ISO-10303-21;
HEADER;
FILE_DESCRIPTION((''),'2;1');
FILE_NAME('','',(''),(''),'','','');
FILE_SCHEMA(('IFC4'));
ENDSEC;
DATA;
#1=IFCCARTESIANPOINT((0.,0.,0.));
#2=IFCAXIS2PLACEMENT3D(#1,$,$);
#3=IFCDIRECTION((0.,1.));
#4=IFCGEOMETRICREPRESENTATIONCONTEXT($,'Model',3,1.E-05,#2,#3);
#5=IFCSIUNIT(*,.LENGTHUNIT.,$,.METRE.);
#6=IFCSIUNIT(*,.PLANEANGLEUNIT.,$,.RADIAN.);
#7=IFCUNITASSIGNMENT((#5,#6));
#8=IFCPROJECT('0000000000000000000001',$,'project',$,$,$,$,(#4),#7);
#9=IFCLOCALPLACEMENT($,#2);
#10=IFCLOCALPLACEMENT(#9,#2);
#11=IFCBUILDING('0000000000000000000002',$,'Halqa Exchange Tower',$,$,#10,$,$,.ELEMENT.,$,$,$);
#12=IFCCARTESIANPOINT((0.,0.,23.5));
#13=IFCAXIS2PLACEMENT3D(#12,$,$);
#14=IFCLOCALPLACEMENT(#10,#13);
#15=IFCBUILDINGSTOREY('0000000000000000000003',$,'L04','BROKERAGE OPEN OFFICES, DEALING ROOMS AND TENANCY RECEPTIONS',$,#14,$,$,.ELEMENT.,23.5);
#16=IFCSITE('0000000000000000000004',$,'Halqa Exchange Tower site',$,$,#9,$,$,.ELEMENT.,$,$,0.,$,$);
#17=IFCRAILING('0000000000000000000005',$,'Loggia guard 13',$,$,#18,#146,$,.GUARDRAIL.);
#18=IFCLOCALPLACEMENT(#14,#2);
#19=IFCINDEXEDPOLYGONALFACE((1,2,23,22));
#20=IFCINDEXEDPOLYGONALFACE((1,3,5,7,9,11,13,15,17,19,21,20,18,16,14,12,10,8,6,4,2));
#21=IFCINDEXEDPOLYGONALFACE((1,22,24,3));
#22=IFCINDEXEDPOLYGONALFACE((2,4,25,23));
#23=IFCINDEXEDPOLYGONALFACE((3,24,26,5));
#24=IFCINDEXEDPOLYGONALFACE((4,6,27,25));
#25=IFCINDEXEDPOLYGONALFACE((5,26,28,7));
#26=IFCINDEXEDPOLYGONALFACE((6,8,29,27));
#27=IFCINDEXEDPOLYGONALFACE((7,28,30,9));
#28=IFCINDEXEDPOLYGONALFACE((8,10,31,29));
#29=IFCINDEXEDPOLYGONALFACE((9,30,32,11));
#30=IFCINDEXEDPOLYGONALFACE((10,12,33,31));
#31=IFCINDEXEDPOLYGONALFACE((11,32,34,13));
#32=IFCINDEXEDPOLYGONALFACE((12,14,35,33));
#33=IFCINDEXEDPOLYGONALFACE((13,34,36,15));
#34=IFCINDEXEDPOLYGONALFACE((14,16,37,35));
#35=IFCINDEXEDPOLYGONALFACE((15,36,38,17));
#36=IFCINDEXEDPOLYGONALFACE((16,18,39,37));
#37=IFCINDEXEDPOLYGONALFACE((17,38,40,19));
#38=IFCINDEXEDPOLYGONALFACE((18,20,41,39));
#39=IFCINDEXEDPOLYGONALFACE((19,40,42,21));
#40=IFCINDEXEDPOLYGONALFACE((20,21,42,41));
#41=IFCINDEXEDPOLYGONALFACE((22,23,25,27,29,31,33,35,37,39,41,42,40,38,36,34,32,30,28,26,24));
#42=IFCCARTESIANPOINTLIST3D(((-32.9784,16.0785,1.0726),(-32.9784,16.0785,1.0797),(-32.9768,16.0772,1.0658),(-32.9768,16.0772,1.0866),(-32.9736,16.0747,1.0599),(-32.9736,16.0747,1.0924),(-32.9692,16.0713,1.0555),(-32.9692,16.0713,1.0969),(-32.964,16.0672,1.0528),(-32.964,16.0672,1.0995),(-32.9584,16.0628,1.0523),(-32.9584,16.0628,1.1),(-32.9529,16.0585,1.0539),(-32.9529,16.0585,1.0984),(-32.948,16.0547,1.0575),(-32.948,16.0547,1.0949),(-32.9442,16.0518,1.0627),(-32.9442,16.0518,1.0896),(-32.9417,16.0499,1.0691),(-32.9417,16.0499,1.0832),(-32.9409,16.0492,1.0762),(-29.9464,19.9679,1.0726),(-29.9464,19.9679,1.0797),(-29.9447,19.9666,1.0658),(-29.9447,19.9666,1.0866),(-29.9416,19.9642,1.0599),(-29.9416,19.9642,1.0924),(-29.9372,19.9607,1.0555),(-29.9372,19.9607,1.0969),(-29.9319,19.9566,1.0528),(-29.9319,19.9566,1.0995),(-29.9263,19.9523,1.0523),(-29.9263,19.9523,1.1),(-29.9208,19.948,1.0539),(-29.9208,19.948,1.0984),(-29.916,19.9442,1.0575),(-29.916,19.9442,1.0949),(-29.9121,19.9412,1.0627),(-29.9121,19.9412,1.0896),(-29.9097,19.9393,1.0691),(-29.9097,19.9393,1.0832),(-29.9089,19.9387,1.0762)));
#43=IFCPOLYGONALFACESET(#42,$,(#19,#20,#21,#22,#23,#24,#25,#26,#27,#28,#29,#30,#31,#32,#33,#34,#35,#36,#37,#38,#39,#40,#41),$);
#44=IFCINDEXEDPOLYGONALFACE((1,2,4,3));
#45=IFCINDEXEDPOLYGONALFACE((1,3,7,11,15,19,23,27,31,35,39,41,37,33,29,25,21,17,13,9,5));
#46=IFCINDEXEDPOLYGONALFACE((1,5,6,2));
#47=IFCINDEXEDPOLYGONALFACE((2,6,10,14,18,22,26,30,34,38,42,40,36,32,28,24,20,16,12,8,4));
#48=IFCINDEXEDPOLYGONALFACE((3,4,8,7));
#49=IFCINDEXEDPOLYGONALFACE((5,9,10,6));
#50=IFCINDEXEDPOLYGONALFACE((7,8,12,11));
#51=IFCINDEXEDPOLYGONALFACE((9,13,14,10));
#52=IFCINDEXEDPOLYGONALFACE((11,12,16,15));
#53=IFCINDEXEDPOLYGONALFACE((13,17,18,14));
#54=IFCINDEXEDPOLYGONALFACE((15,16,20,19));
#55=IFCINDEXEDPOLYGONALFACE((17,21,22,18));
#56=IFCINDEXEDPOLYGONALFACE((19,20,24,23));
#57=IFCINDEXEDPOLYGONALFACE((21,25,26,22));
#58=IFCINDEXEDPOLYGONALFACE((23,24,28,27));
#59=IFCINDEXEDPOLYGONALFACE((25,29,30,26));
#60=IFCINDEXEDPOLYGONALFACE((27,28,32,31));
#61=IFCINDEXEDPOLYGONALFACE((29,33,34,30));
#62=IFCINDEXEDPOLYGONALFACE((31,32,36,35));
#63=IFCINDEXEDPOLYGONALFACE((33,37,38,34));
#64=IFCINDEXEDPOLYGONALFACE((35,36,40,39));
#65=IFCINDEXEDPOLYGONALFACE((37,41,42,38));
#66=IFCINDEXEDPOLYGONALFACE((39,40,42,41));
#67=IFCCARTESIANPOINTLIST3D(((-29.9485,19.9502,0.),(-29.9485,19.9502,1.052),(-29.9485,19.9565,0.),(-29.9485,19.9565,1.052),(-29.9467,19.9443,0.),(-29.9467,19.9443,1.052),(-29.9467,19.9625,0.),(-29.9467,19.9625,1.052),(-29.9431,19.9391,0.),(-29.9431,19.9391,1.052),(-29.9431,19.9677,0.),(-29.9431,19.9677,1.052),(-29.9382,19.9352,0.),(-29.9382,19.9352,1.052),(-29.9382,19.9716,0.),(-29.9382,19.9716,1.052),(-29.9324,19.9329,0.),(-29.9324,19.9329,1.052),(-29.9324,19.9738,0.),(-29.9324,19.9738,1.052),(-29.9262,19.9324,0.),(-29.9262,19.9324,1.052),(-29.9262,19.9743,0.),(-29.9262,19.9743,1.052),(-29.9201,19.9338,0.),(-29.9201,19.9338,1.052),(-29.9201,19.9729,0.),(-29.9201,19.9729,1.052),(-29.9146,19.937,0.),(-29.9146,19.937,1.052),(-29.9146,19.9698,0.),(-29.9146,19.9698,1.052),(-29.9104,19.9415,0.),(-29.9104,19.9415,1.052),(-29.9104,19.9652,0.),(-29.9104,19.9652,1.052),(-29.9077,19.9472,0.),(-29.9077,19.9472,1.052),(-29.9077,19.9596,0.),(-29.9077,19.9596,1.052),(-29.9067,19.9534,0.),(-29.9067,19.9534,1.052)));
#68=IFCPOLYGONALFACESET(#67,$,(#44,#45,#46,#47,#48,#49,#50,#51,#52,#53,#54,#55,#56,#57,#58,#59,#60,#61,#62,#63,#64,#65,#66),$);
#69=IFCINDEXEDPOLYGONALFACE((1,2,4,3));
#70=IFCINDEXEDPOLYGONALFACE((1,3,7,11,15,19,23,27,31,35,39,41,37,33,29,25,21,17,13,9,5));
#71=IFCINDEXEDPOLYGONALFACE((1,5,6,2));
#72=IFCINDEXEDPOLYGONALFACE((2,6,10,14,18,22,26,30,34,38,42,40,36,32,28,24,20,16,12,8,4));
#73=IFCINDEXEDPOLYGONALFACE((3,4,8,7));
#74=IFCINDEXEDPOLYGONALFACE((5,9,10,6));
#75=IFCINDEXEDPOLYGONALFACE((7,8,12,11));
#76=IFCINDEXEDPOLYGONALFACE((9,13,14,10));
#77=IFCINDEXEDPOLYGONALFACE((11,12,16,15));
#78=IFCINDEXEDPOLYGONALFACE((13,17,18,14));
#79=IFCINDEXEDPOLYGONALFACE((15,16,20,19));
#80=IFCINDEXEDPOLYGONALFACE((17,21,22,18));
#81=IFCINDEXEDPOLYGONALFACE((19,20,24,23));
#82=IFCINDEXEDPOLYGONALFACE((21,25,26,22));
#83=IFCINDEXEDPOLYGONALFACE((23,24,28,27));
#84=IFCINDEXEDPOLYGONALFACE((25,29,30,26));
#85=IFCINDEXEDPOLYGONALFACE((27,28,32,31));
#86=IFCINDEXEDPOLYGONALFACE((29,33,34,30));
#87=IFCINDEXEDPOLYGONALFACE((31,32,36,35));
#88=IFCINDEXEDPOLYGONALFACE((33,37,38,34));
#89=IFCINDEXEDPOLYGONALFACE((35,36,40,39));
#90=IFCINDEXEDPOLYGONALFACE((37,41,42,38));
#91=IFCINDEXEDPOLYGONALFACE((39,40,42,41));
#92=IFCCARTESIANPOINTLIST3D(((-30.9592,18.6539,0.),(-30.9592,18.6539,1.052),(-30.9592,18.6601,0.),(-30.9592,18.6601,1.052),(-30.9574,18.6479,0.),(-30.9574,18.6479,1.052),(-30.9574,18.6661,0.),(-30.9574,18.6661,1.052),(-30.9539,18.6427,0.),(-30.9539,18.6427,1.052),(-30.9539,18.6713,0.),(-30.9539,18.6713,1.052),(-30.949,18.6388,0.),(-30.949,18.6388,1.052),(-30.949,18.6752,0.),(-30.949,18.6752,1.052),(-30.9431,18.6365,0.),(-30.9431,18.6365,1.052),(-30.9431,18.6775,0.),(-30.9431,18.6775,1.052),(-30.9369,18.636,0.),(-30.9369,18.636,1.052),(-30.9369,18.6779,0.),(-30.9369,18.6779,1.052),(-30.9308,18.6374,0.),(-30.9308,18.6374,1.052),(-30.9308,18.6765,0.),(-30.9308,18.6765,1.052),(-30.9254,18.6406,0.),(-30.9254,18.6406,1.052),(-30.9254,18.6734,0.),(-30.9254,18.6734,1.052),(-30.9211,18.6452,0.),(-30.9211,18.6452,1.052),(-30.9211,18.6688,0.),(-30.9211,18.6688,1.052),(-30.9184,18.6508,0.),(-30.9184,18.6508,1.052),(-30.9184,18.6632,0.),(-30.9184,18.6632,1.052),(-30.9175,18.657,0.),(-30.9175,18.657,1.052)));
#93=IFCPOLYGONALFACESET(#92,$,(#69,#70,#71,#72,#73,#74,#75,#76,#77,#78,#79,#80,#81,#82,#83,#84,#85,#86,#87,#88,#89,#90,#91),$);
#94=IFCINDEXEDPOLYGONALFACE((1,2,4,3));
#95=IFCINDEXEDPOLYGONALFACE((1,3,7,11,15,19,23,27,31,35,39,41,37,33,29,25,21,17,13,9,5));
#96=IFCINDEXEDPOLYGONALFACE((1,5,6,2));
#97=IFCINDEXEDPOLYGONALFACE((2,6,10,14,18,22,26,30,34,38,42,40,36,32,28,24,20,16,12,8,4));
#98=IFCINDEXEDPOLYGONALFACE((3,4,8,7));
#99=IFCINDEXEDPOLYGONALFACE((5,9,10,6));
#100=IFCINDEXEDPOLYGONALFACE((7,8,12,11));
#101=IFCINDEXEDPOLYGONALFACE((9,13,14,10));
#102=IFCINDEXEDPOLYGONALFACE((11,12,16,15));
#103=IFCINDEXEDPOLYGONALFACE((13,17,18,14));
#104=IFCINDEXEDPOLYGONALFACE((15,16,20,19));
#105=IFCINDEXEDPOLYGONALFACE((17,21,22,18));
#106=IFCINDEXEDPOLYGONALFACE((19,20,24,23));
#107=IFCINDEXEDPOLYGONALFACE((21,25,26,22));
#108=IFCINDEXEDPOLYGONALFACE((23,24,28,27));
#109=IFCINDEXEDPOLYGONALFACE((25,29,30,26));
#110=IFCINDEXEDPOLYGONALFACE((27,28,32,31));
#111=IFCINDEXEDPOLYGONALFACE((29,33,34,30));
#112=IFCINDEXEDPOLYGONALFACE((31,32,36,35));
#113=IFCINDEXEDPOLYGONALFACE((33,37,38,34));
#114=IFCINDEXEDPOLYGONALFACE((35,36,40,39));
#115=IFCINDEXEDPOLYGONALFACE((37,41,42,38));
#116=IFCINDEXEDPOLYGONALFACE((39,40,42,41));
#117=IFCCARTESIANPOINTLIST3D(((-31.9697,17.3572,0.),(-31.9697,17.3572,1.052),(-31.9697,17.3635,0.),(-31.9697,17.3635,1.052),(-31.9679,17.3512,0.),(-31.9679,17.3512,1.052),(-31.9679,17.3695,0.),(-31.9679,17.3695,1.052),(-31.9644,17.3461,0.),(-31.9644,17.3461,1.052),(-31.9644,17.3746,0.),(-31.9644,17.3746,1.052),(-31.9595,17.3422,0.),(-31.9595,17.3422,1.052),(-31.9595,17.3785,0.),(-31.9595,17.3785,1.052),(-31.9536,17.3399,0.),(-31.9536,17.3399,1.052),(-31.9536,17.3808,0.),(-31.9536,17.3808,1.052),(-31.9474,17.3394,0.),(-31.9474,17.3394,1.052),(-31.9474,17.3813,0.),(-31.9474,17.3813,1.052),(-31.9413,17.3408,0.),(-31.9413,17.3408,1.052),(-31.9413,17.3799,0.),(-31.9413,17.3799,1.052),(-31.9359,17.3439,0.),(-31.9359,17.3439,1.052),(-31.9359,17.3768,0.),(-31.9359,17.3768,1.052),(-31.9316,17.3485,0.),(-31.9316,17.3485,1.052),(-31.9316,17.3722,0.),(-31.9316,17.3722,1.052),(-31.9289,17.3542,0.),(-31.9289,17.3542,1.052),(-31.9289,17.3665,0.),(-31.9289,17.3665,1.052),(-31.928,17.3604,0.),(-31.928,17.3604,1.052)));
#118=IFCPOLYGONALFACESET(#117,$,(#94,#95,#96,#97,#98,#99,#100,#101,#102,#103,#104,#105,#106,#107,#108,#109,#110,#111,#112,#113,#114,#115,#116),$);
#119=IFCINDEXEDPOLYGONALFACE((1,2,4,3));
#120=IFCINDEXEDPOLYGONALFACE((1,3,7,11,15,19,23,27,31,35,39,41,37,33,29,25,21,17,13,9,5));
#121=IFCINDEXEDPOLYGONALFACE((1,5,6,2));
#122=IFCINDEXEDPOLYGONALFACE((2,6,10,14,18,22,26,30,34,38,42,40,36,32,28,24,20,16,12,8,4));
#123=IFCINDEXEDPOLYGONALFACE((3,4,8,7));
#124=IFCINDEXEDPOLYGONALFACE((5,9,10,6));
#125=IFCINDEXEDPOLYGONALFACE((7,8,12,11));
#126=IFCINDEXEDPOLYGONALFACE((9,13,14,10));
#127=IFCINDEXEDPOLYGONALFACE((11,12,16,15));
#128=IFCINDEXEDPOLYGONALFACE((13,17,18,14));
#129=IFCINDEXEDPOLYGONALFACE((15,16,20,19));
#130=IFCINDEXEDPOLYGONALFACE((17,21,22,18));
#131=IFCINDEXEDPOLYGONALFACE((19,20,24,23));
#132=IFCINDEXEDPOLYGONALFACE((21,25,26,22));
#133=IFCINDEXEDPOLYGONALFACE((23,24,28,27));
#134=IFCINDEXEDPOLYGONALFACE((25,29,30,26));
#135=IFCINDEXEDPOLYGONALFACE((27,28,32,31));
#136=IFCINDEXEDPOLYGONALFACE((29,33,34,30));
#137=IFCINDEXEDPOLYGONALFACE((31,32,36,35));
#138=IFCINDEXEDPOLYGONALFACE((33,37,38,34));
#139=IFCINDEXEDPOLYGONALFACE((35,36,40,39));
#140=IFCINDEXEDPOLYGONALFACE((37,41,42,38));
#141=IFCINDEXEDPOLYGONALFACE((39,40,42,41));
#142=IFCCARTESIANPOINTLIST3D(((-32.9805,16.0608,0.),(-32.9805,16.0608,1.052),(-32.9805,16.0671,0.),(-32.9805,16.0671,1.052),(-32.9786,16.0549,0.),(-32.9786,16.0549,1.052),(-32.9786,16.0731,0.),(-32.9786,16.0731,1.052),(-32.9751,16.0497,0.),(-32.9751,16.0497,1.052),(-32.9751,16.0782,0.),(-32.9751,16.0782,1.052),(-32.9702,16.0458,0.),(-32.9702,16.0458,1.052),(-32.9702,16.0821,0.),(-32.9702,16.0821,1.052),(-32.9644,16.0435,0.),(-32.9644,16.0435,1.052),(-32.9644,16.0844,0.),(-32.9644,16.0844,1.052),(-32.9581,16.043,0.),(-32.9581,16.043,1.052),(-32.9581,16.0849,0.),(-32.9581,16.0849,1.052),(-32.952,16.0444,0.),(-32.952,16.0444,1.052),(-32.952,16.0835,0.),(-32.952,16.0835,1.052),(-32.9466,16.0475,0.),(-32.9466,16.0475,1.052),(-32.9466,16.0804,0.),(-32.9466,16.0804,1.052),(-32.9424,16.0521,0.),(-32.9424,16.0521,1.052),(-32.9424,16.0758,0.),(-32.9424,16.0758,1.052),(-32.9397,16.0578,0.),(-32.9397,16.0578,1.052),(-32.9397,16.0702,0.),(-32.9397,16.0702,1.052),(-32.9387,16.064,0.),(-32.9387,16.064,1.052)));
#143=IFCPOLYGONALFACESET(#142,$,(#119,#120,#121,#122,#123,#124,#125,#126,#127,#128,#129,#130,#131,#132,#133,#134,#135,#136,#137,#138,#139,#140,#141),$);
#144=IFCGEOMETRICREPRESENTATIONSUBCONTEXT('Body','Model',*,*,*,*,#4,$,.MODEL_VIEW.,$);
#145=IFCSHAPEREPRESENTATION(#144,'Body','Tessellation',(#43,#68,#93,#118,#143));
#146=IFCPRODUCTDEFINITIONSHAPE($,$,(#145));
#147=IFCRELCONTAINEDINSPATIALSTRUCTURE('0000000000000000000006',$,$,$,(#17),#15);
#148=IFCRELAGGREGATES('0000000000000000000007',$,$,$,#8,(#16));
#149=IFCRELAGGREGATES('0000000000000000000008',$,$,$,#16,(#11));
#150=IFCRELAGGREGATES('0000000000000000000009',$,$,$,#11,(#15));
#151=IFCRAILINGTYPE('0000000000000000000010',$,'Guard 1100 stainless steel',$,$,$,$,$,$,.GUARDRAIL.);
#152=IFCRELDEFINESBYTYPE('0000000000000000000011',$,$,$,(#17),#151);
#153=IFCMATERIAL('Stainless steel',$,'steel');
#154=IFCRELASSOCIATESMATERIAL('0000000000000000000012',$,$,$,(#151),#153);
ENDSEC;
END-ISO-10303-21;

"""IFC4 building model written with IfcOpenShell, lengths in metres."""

from ifc_helpers import new_model, si_unit, direction, frame, origin, origin_2d, place, context, subcontext, project, spatial, circle, extrude, material, type_object, element, save


model = new_model("IFC4")

# Units and contexts
model_context = context("Model", 3, precision=1e-05, world=origin(), true_north=direction((0.0, 1.0)))
body_context = subcontext(model_context, "Body", "Model", "MODEL_VIEW")
ifc_project = project(units=[si_unit("LENGTHUNIT", "METRE"), si_unit("PLANEANGLEUNIT", "RADIAN")], contexts=[model_context])

# Site, building, storey
site_placement = place(None, origin())
site = spatial("IfcSite", under=ifc_project, at=site_placement, Name="Halqa Exchange Tower site", CompositionType="ELEMENT", RefElevation=0.0)
building_placement = place(site_placement, origin())
building = spatial("IfcBuilding", under=site, at=building_placement, Name="Halqa Exchange Tower", CompositionType="ELEMENT")
storey_placement = place(building_placement, frame((0.0, 0.0, 23.5)))
storey = spatial("IfcBuildingStorey", under=building, at=storey_placement, Name="L04", Description="BROKERAGE OPEN OFFICES, DEALING ROOMS AND TENANCY RECEPTIONS", CompositionType="ELEMENT", Elevation=23.5)

# Railing
ifc_material_1 = material(Name="Stainless steel", Category="steel")
railing_type = type_object("IfcRailingType", Name="Guard 1100 stainless steel", PredefinedType="GUARDRAIL", material=ifc_material_1)
railing_1_placement = place(storey_placement, frame((-29.9277, 19.9534, 0.0)))
element("IfcRailing", 1, at=railing_1_placement, inside=storey, type_object=railing_type, Name="Loggia guard 13", PredefinedType="GUARDRAIL", context=body_context, shape_type="SweptSolid", body=[
    extrude(circle(Radius=0.0239, at=origin_2d()), frame((0.0, 0.0, 1.0762), z_axis=(-0.614811, -0.788675, 0.0), x_axis=(0.788675, -0.614811, 0.0)), (0.0, 0.0, 1.0), 4.9316),
    extrude(circle(Radius=0.021, at=origin_2d()), origin(), (0.0, 0.0, 1.0), 1.052),
    extrude(circle(Radius=0.021, at=origin_2d()), frame((-1.0107, -1.2964, 0.0)), (0.0, 0.0, 1.0), 1.052),
    extrude(circle(Radius=0.021, at=origin_2d()), frame((-2.0212, -2.593, 0.0)), (0.0, 0.0, 1.0), 1.052),
    extrude(circle(Radius=0.021, at=origin_2d()), frame((-3.032, -3.8894, 0.0)), (0.0, 0.0, 1.0), 1.052),
])

save(model, "model.ifc")
